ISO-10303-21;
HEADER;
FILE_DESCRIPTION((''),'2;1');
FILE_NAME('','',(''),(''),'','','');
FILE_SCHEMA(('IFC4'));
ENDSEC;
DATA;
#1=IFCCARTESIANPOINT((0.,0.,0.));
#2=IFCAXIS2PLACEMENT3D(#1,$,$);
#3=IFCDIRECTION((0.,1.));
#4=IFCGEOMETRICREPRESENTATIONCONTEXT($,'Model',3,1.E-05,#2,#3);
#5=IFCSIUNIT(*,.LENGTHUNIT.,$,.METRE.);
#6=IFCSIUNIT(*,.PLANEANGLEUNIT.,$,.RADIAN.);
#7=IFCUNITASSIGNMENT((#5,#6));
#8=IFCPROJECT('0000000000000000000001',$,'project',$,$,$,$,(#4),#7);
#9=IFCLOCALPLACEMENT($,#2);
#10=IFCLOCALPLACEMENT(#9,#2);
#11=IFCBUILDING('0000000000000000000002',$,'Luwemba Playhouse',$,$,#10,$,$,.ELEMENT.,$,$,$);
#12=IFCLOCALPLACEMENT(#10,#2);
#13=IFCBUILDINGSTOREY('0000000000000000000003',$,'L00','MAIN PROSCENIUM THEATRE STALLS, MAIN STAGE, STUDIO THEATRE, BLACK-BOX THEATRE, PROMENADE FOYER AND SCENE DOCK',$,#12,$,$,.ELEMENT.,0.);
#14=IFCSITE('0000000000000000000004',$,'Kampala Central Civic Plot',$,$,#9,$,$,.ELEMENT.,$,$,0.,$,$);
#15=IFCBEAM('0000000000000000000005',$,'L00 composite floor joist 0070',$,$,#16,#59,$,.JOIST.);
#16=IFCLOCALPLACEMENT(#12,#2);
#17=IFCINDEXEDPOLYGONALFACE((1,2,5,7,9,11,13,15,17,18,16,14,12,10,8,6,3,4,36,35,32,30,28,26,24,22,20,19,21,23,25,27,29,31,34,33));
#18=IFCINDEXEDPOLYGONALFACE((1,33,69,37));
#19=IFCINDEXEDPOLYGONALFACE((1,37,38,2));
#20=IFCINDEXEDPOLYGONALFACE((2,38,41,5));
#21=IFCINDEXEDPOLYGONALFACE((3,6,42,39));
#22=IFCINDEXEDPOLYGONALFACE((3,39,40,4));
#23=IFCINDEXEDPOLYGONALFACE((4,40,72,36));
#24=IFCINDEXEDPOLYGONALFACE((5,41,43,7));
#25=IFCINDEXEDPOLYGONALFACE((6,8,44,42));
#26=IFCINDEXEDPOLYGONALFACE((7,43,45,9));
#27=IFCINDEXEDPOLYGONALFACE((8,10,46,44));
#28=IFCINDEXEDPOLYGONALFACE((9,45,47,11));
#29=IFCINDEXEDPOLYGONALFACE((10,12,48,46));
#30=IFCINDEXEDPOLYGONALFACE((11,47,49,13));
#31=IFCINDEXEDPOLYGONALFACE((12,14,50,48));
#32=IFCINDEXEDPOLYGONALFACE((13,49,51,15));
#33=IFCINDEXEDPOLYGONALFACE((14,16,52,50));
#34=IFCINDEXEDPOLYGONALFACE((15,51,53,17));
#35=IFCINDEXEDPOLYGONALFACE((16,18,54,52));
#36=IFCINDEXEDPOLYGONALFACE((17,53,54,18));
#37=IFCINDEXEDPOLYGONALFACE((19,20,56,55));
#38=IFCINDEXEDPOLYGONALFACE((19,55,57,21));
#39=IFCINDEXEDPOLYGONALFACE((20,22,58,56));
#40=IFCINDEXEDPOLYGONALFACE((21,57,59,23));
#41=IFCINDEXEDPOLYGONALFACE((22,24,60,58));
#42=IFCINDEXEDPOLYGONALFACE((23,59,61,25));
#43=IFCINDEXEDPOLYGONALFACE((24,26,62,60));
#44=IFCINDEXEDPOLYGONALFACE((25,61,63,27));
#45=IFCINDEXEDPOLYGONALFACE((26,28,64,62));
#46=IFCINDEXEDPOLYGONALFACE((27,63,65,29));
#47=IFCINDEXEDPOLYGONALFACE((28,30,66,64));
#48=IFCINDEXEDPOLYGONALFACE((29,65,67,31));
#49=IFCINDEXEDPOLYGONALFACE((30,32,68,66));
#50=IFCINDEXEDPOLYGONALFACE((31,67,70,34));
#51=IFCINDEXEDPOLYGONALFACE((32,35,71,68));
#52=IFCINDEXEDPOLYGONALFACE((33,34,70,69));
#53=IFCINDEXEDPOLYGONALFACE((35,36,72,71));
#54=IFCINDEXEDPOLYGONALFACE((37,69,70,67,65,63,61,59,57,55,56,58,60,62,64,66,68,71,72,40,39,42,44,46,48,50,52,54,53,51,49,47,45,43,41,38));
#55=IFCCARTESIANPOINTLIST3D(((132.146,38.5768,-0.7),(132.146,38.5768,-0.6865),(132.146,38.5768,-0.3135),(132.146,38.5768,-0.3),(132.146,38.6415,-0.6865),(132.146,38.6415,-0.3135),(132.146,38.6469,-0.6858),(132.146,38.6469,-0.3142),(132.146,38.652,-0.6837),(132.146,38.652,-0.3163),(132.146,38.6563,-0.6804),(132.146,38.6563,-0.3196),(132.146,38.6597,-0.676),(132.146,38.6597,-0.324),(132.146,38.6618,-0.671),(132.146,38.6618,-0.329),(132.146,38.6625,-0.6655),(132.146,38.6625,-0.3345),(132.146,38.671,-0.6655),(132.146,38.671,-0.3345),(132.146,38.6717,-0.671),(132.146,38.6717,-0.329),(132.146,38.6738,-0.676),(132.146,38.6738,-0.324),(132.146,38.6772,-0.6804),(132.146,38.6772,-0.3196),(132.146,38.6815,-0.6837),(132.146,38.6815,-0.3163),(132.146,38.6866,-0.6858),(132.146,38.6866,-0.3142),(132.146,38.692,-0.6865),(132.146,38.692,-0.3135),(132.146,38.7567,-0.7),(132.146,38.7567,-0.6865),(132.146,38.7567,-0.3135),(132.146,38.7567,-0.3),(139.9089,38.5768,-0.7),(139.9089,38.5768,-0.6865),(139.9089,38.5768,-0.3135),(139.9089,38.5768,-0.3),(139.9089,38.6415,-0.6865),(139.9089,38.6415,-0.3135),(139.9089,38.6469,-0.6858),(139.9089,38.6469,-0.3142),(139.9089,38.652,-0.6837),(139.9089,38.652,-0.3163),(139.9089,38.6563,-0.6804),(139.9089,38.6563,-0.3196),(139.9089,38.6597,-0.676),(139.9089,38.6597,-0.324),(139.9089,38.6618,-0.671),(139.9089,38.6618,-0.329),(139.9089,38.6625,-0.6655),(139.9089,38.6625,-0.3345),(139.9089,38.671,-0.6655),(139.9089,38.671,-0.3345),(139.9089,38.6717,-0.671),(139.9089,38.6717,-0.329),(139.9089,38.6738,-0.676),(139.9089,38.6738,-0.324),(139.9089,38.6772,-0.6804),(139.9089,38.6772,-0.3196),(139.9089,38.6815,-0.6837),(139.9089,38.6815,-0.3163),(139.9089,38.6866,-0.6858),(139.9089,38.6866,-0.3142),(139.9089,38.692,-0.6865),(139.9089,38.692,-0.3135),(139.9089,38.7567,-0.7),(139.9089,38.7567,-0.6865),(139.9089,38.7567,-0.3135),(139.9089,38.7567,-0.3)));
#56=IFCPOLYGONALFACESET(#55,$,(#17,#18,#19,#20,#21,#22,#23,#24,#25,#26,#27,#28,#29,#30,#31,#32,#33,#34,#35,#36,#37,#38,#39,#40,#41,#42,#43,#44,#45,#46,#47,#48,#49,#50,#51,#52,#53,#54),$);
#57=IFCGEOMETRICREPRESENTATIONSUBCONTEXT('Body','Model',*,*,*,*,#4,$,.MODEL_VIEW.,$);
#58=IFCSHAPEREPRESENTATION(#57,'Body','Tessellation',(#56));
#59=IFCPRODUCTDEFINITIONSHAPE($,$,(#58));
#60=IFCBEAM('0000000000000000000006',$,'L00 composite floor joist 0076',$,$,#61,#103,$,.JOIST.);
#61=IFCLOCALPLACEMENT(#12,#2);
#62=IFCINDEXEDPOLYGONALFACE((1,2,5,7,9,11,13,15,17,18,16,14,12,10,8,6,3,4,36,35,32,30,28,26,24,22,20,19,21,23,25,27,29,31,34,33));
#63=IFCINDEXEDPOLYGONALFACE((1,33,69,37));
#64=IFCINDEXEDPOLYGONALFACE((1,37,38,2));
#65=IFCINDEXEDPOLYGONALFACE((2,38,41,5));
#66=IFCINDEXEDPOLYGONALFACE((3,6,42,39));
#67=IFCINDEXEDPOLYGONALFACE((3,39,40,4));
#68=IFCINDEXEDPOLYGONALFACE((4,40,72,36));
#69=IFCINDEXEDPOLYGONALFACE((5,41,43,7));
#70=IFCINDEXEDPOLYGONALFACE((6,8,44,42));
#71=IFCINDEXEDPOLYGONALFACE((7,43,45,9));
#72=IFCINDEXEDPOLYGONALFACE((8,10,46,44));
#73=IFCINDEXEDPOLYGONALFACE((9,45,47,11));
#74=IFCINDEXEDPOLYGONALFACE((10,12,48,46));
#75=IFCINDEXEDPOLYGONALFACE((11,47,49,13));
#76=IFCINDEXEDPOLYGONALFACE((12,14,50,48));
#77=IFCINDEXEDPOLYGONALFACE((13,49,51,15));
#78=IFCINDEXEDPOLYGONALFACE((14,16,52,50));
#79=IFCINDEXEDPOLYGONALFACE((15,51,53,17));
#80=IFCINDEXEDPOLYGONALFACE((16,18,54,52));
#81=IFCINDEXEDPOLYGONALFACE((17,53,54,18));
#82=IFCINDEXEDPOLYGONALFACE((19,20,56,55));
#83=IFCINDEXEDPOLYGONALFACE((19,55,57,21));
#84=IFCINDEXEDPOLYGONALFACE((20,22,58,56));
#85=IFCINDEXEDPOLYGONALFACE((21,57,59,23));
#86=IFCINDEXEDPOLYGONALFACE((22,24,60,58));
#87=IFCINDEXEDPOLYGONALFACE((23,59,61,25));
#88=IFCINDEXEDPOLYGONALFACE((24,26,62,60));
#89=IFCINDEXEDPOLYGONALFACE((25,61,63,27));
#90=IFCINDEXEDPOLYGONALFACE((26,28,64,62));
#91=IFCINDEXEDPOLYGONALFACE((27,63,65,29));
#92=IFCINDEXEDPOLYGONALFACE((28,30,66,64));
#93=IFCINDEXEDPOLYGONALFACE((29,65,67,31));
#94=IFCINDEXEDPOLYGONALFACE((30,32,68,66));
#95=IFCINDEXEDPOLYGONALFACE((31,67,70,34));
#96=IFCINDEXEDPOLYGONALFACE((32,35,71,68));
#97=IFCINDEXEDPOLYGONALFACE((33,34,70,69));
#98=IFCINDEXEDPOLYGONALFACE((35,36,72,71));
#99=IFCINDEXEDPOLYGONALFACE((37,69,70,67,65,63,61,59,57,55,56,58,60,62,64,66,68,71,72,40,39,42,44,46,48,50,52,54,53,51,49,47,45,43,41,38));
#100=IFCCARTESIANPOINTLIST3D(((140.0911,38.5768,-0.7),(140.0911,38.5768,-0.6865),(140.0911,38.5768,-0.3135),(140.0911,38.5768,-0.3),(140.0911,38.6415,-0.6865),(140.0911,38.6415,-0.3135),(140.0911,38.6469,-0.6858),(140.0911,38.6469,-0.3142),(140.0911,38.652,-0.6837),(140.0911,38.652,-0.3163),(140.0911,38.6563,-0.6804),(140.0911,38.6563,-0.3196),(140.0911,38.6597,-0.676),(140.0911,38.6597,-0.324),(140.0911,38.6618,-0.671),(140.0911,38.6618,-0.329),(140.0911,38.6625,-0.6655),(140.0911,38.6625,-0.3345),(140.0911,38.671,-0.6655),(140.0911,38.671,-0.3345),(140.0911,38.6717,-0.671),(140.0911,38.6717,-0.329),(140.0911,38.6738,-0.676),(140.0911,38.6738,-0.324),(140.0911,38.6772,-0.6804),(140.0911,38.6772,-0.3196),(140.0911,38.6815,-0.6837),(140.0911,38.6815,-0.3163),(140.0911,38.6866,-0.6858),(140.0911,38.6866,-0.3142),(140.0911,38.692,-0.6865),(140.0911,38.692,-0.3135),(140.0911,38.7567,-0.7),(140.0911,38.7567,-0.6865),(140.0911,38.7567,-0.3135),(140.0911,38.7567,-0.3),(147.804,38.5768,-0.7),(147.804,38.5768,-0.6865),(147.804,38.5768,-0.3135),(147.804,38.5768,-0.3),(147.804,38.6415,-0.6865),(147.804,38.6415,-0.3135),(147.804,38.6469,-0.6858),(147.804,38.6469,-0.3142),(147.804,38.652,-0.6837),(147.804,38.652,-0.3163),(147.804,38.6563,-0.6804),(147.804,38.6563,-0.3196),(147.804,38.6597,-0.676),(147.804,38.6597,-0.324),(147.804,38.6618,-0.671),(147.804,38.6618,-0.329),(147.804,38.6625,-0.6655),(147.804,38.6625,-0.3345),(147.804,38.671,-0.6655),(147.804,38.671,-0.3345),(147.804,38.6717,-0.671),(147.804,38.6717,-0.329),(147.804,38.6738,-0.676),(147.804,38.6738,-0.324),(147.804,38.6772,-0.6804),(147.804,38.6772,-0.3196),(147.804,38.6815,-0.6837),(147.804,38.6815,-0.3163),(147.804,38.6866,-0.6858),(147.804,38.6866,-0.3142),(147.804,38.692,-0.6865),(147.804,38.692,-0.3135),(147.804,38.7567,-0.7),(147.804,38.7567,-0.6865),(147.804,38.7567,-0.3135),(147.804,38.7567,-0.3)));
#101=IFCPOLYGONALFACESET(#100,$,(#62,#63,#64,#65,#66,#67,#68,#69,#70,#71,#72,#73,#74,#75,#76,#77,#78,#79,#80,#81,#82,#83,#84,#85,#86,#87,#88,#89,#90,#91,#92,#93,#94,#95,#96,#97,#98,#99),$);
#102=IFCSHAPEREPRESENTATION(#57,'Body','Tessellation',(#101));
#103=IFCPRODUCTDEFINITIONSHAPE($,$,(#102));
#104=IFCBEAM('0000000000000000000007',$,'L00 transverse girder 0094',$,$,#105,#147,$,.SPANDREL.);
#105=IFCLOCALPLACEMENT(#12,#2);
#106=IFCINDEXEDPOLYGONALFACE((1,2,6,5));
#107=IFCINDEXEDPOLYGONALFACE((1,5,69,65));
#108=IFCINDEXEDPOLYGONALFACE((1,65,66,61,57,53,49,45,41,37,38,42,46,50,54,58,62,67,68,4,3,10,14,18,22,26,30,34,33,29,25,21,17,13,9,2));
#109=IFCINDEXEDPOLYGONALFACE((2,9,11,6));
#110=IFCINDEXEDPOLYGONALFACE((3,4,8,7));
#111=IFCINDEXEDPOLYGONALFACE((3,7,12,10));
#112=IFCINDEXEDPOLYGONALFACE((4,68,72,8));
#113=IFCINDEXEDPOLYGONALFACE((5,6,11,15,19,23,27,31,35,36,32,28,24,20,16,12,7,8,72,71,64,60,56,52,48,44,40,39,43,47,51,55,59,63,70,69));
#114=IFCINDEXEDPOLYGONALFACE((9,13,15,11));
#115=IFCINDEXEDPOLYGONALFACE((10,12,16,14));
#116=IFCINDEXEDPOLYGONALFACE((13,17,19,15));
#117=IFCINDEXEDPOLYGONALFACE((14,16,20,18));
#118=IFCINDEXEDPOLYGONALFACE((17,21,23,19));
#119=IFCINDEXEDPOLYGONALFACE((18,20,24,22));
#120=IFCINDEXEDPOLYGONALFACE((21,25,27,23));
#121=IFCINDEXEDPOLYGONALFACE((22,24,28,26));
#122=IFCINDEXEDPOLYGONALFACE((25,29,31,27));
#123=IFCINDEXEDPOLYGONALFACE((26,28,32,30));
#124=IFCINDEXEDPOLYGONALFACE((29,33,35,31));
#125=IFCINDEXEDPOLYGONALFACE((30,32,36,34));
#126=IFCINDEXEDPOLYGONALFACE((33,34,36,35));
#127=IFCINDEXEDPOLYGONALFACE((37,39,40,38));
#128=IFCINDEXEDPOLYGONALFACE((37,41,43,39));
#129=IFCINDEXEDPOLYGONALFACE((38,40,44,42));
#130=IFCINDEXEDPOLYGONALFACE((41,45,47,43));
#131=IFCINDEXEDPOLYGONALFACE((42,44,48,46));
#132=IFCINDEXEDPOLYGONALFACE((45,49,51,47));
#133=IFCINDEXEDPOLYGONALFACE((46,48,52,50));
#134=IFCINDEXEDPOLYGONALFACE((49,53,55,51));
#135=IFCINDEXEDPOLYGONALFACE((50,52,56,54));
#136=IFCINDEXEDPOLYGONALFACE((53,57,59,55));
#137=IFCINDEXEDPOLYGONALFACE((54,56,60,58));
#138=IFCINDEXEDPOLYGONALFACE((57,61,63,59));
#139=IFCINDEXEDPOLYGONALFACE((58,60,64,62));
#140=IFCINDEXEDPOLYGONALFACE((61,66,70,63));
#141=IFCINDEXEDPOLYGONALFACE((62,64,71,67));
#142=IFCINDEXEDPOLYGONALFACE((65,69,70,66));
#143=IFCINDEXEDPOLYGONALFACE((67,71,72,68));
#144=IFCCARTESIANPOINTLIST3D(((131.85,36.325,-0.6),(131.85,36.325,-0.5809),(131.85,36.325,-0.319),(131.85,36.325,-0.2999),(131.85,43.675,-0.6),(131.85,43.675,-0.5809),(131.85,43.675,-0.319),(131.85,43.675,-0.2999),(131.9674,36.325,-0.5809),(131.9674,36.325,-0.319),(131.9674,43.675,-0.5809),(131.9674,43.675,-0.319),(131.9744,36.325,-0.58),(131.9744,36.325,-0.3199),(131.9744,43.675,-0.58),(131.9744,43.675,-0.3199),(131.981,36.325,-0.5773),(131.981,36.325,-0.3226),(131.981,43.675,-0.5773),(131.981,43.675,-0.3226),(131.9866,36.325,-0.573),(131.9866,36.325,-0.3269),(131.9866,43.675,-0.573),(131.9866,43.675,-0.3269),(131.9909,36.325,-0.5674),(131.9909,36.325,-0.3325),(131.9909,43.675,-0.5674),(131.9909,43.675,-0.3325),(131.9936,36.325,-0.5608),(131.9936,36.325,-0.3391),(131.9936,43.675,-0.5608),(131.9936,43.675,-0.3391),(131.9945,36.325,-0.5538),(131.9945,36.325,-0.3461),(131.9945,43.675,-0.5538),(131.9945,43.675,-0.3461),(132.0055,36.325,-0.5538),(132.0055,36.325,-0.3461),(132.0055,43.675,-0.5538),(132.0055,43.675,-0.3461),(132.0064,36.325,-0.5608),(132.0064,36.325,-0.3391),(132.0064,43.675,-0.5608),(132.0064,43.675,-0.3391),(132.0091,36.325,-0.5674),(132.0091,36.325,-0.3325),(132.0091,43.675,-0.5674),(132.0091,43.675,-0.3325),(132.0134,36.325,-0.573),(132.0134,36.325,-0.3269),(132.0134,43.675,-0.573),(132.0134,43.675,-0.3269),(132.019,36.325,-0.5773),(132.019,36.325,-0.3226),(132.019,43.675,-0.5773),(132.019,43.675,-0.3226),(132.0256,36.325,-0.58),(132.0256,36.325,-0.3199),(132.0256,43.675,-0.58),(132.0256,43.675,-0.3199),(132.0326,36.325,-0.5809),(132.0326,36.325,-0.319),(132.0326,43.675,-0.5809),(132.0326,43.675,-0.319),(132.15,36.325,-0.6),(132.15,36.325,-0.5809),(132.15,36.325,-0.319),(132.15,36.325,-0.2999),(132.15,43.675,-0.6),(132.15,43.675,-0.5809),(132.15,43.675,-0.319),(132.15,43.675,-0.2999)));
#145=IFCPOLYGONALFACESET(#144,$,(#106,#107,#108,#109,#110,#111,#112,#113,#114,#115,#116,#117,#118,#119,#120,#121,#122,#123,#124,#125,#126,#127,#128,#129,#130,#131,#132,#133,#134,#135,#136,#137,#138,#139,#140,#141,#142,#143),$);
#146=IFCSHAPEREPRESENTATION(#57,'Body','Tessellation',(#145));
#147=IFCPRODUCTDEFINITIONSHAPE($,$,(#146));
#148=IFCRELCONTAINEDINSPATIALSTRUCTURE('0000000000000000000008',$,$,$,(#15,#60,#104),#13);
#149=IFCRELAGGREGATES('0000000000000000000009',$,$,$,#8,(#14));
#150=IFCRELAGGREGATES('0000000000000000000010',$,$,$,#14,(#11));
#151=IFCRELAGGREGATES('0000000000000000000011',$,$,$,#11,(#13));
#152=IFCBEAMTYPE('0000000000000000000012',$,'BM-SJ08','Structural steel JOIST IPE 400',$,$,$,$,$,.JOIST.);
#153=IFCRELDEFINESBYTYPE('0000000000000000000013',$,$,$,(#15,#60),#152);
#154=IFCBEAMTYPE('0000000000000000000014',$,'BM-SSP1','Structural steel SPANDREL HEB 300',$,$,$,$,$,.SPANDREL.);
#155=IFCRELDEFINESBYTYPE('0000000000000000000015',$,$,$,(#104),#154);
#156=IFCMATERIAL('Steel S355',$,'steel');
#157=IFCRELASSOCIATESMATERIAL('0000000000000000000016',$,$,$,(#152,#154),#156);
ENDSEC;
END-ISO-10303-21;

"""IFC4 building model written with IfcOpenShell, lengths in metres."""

from ifc_helpers import new_model, si_unit, direction, frame, origin, origin_2d, place, context, subcontext, project, spatial, i_section, extrude, material, material_profile, profile_set, type_object, element, save


model = new_model("IFC4")

# Units and contexts
model_context = context("Model", 3, precision=1e-05, world=origin(), true_north=direction((0.0, 1.0)))
body_context = subcontext(model_context, "Body", "Model", "MODEL_VIEW")
ifc_project = project(units=[si_unit("LENGTHUNIT", "METRE"), si_unit("PLANEANGLEUNIT", "RADIAN")], contexts=[model_context])

# Site, building, storey
site_placement = place(None, origin())
site = spatial("IfcSite", under=ifc_project, at=site_placement, Name="Kampala Central Civic Plot", CompositionType="ELEMENT", RefElevation=0.0)
building_placement = place(site_placement, origin())
building = spatial("IfcBuilding", under=site, at=building_placement, Name="Luwemba Playhouse", CompositionType="ELEMENT")
storey_placement = place(building_placement, origin())
storey = spatial("IfcBuildingStorey", under=building, at=storey_placement, Name="L00", Description="MAIN PROSCENIUM THEATRE STALLS, MAIN STAGE, STUDIO THEATRE, BLACK-BOX THEATRE, PROMENADE FOYER AND SCENE DOCK", CompositionType="ELEMENT", Elevation=0.0)

# Beams
ifc_material_1 = material(Name="Steel S355", Category="steel")
ifc_material_profile_1 = material_profile(ifc_material_1, i_section(OverallWidth=0.1799, OverallDepth=0.3999, WebThickness=0.0085, FlangeThickness=0.0134, FilletRadius=0.021, at=origin_2d()))
ifc_profile_set_1 = profile_set([ifc_material_profile_1], Name="Steel S355")
beam_type_1 = type_object("IfcBeamType", Name="BM-SJ08", Description="Structural steel JOIST IPE 400", PredefinedType="JOIST", material=ifc_profile_set_1)
beam_1_placement = place(storey_placement, frame((132.146, 38.6667, -0.5), z_axis=(1.0, 0.0, 0.0), x_axis=(0.0, 1.0, 0.0)))
element("IfcBeam", 1, at=beam_1_placement, inside=storey, type_object=beam_type_1, Name="L00 composite floor joist 0070", PredefinedType="JOIST", context=body_context, shape_type="SweptSolid", body=[
    extrude(i_section(OverallWidth=0.1799, OverallDepth=0.3999, WebThickness=0.0085, FlangeThickness=0.0134, FilletRadius=0.021, at=origin_2d()), origin(), (0.0, 0.0, 1.0), 7.7629),
])
beam_2_placement = place(storey_placement, frame((140.0911, 38.6667, -0.5), z_axis=(1.0, 0.0, 0.0), x_axis=(0.0, 1.0, 0.0)))
element("IfcBeam", 2, at=beam_2_placement, inside=storey, type_object=beam_type_1, Name="L00 composite floor joist 0076", PredefinedType="JOIST", context=body_context, shape_type="SweptSolid", body=[
    extrude(i_section(OverallWidth=0.1799, OverallDepth=0.3999, WebThickness=0.0085, FlangeThickness=0.0134, FilletRadius=0.021, at=origin_2d()), origin(), (0.0, 0.0, 1.0), 7.7129),
])
ifc_material_profile_2 = material_profile(ifc_material_1, i_section(OverallWidth=0.3, OverallDepth=0.3, WebThickness=0.011, FlangeThickness=0.019, FilletRadius=0.0271, at=origin_2d()))
ifc_profile_set_2 = profile_set([ifc_material_profile_2], Name="Steel S355")
beam_type_2 = type_object("IfcBeamType", Name="BM-SSP1", Description="Structural steel SPANDREL HEB 300", PredefinedType="SPANDREL", material=ifc_profile_set_2)
beam_3_placement = place(storey_placement, frame((132.0, 36.325, -0.45), z_axis=(0.0, 1.0, 0.0), x_axis=(-1.0, 0.0, 0.0)))
element("IfcBeam", 3, at=beam_3_placement, inside=storey, type_object=beam_type_2, Name="L00 transverse girder 0094", PredefinedType="SPANDREL", context=body_context, shape_type="SweptSolid", body=[
    extrude(i_section(OverallWidth=0.3, OverallDepth=0.3, WebThickness=0.011, FlangeThickness=0.019, FilletRadius=0.0271, at=origin_2d()), origin(), (0.0, 0.0, 1.0), 7.3501),
])

save(model, "model.ifc")
